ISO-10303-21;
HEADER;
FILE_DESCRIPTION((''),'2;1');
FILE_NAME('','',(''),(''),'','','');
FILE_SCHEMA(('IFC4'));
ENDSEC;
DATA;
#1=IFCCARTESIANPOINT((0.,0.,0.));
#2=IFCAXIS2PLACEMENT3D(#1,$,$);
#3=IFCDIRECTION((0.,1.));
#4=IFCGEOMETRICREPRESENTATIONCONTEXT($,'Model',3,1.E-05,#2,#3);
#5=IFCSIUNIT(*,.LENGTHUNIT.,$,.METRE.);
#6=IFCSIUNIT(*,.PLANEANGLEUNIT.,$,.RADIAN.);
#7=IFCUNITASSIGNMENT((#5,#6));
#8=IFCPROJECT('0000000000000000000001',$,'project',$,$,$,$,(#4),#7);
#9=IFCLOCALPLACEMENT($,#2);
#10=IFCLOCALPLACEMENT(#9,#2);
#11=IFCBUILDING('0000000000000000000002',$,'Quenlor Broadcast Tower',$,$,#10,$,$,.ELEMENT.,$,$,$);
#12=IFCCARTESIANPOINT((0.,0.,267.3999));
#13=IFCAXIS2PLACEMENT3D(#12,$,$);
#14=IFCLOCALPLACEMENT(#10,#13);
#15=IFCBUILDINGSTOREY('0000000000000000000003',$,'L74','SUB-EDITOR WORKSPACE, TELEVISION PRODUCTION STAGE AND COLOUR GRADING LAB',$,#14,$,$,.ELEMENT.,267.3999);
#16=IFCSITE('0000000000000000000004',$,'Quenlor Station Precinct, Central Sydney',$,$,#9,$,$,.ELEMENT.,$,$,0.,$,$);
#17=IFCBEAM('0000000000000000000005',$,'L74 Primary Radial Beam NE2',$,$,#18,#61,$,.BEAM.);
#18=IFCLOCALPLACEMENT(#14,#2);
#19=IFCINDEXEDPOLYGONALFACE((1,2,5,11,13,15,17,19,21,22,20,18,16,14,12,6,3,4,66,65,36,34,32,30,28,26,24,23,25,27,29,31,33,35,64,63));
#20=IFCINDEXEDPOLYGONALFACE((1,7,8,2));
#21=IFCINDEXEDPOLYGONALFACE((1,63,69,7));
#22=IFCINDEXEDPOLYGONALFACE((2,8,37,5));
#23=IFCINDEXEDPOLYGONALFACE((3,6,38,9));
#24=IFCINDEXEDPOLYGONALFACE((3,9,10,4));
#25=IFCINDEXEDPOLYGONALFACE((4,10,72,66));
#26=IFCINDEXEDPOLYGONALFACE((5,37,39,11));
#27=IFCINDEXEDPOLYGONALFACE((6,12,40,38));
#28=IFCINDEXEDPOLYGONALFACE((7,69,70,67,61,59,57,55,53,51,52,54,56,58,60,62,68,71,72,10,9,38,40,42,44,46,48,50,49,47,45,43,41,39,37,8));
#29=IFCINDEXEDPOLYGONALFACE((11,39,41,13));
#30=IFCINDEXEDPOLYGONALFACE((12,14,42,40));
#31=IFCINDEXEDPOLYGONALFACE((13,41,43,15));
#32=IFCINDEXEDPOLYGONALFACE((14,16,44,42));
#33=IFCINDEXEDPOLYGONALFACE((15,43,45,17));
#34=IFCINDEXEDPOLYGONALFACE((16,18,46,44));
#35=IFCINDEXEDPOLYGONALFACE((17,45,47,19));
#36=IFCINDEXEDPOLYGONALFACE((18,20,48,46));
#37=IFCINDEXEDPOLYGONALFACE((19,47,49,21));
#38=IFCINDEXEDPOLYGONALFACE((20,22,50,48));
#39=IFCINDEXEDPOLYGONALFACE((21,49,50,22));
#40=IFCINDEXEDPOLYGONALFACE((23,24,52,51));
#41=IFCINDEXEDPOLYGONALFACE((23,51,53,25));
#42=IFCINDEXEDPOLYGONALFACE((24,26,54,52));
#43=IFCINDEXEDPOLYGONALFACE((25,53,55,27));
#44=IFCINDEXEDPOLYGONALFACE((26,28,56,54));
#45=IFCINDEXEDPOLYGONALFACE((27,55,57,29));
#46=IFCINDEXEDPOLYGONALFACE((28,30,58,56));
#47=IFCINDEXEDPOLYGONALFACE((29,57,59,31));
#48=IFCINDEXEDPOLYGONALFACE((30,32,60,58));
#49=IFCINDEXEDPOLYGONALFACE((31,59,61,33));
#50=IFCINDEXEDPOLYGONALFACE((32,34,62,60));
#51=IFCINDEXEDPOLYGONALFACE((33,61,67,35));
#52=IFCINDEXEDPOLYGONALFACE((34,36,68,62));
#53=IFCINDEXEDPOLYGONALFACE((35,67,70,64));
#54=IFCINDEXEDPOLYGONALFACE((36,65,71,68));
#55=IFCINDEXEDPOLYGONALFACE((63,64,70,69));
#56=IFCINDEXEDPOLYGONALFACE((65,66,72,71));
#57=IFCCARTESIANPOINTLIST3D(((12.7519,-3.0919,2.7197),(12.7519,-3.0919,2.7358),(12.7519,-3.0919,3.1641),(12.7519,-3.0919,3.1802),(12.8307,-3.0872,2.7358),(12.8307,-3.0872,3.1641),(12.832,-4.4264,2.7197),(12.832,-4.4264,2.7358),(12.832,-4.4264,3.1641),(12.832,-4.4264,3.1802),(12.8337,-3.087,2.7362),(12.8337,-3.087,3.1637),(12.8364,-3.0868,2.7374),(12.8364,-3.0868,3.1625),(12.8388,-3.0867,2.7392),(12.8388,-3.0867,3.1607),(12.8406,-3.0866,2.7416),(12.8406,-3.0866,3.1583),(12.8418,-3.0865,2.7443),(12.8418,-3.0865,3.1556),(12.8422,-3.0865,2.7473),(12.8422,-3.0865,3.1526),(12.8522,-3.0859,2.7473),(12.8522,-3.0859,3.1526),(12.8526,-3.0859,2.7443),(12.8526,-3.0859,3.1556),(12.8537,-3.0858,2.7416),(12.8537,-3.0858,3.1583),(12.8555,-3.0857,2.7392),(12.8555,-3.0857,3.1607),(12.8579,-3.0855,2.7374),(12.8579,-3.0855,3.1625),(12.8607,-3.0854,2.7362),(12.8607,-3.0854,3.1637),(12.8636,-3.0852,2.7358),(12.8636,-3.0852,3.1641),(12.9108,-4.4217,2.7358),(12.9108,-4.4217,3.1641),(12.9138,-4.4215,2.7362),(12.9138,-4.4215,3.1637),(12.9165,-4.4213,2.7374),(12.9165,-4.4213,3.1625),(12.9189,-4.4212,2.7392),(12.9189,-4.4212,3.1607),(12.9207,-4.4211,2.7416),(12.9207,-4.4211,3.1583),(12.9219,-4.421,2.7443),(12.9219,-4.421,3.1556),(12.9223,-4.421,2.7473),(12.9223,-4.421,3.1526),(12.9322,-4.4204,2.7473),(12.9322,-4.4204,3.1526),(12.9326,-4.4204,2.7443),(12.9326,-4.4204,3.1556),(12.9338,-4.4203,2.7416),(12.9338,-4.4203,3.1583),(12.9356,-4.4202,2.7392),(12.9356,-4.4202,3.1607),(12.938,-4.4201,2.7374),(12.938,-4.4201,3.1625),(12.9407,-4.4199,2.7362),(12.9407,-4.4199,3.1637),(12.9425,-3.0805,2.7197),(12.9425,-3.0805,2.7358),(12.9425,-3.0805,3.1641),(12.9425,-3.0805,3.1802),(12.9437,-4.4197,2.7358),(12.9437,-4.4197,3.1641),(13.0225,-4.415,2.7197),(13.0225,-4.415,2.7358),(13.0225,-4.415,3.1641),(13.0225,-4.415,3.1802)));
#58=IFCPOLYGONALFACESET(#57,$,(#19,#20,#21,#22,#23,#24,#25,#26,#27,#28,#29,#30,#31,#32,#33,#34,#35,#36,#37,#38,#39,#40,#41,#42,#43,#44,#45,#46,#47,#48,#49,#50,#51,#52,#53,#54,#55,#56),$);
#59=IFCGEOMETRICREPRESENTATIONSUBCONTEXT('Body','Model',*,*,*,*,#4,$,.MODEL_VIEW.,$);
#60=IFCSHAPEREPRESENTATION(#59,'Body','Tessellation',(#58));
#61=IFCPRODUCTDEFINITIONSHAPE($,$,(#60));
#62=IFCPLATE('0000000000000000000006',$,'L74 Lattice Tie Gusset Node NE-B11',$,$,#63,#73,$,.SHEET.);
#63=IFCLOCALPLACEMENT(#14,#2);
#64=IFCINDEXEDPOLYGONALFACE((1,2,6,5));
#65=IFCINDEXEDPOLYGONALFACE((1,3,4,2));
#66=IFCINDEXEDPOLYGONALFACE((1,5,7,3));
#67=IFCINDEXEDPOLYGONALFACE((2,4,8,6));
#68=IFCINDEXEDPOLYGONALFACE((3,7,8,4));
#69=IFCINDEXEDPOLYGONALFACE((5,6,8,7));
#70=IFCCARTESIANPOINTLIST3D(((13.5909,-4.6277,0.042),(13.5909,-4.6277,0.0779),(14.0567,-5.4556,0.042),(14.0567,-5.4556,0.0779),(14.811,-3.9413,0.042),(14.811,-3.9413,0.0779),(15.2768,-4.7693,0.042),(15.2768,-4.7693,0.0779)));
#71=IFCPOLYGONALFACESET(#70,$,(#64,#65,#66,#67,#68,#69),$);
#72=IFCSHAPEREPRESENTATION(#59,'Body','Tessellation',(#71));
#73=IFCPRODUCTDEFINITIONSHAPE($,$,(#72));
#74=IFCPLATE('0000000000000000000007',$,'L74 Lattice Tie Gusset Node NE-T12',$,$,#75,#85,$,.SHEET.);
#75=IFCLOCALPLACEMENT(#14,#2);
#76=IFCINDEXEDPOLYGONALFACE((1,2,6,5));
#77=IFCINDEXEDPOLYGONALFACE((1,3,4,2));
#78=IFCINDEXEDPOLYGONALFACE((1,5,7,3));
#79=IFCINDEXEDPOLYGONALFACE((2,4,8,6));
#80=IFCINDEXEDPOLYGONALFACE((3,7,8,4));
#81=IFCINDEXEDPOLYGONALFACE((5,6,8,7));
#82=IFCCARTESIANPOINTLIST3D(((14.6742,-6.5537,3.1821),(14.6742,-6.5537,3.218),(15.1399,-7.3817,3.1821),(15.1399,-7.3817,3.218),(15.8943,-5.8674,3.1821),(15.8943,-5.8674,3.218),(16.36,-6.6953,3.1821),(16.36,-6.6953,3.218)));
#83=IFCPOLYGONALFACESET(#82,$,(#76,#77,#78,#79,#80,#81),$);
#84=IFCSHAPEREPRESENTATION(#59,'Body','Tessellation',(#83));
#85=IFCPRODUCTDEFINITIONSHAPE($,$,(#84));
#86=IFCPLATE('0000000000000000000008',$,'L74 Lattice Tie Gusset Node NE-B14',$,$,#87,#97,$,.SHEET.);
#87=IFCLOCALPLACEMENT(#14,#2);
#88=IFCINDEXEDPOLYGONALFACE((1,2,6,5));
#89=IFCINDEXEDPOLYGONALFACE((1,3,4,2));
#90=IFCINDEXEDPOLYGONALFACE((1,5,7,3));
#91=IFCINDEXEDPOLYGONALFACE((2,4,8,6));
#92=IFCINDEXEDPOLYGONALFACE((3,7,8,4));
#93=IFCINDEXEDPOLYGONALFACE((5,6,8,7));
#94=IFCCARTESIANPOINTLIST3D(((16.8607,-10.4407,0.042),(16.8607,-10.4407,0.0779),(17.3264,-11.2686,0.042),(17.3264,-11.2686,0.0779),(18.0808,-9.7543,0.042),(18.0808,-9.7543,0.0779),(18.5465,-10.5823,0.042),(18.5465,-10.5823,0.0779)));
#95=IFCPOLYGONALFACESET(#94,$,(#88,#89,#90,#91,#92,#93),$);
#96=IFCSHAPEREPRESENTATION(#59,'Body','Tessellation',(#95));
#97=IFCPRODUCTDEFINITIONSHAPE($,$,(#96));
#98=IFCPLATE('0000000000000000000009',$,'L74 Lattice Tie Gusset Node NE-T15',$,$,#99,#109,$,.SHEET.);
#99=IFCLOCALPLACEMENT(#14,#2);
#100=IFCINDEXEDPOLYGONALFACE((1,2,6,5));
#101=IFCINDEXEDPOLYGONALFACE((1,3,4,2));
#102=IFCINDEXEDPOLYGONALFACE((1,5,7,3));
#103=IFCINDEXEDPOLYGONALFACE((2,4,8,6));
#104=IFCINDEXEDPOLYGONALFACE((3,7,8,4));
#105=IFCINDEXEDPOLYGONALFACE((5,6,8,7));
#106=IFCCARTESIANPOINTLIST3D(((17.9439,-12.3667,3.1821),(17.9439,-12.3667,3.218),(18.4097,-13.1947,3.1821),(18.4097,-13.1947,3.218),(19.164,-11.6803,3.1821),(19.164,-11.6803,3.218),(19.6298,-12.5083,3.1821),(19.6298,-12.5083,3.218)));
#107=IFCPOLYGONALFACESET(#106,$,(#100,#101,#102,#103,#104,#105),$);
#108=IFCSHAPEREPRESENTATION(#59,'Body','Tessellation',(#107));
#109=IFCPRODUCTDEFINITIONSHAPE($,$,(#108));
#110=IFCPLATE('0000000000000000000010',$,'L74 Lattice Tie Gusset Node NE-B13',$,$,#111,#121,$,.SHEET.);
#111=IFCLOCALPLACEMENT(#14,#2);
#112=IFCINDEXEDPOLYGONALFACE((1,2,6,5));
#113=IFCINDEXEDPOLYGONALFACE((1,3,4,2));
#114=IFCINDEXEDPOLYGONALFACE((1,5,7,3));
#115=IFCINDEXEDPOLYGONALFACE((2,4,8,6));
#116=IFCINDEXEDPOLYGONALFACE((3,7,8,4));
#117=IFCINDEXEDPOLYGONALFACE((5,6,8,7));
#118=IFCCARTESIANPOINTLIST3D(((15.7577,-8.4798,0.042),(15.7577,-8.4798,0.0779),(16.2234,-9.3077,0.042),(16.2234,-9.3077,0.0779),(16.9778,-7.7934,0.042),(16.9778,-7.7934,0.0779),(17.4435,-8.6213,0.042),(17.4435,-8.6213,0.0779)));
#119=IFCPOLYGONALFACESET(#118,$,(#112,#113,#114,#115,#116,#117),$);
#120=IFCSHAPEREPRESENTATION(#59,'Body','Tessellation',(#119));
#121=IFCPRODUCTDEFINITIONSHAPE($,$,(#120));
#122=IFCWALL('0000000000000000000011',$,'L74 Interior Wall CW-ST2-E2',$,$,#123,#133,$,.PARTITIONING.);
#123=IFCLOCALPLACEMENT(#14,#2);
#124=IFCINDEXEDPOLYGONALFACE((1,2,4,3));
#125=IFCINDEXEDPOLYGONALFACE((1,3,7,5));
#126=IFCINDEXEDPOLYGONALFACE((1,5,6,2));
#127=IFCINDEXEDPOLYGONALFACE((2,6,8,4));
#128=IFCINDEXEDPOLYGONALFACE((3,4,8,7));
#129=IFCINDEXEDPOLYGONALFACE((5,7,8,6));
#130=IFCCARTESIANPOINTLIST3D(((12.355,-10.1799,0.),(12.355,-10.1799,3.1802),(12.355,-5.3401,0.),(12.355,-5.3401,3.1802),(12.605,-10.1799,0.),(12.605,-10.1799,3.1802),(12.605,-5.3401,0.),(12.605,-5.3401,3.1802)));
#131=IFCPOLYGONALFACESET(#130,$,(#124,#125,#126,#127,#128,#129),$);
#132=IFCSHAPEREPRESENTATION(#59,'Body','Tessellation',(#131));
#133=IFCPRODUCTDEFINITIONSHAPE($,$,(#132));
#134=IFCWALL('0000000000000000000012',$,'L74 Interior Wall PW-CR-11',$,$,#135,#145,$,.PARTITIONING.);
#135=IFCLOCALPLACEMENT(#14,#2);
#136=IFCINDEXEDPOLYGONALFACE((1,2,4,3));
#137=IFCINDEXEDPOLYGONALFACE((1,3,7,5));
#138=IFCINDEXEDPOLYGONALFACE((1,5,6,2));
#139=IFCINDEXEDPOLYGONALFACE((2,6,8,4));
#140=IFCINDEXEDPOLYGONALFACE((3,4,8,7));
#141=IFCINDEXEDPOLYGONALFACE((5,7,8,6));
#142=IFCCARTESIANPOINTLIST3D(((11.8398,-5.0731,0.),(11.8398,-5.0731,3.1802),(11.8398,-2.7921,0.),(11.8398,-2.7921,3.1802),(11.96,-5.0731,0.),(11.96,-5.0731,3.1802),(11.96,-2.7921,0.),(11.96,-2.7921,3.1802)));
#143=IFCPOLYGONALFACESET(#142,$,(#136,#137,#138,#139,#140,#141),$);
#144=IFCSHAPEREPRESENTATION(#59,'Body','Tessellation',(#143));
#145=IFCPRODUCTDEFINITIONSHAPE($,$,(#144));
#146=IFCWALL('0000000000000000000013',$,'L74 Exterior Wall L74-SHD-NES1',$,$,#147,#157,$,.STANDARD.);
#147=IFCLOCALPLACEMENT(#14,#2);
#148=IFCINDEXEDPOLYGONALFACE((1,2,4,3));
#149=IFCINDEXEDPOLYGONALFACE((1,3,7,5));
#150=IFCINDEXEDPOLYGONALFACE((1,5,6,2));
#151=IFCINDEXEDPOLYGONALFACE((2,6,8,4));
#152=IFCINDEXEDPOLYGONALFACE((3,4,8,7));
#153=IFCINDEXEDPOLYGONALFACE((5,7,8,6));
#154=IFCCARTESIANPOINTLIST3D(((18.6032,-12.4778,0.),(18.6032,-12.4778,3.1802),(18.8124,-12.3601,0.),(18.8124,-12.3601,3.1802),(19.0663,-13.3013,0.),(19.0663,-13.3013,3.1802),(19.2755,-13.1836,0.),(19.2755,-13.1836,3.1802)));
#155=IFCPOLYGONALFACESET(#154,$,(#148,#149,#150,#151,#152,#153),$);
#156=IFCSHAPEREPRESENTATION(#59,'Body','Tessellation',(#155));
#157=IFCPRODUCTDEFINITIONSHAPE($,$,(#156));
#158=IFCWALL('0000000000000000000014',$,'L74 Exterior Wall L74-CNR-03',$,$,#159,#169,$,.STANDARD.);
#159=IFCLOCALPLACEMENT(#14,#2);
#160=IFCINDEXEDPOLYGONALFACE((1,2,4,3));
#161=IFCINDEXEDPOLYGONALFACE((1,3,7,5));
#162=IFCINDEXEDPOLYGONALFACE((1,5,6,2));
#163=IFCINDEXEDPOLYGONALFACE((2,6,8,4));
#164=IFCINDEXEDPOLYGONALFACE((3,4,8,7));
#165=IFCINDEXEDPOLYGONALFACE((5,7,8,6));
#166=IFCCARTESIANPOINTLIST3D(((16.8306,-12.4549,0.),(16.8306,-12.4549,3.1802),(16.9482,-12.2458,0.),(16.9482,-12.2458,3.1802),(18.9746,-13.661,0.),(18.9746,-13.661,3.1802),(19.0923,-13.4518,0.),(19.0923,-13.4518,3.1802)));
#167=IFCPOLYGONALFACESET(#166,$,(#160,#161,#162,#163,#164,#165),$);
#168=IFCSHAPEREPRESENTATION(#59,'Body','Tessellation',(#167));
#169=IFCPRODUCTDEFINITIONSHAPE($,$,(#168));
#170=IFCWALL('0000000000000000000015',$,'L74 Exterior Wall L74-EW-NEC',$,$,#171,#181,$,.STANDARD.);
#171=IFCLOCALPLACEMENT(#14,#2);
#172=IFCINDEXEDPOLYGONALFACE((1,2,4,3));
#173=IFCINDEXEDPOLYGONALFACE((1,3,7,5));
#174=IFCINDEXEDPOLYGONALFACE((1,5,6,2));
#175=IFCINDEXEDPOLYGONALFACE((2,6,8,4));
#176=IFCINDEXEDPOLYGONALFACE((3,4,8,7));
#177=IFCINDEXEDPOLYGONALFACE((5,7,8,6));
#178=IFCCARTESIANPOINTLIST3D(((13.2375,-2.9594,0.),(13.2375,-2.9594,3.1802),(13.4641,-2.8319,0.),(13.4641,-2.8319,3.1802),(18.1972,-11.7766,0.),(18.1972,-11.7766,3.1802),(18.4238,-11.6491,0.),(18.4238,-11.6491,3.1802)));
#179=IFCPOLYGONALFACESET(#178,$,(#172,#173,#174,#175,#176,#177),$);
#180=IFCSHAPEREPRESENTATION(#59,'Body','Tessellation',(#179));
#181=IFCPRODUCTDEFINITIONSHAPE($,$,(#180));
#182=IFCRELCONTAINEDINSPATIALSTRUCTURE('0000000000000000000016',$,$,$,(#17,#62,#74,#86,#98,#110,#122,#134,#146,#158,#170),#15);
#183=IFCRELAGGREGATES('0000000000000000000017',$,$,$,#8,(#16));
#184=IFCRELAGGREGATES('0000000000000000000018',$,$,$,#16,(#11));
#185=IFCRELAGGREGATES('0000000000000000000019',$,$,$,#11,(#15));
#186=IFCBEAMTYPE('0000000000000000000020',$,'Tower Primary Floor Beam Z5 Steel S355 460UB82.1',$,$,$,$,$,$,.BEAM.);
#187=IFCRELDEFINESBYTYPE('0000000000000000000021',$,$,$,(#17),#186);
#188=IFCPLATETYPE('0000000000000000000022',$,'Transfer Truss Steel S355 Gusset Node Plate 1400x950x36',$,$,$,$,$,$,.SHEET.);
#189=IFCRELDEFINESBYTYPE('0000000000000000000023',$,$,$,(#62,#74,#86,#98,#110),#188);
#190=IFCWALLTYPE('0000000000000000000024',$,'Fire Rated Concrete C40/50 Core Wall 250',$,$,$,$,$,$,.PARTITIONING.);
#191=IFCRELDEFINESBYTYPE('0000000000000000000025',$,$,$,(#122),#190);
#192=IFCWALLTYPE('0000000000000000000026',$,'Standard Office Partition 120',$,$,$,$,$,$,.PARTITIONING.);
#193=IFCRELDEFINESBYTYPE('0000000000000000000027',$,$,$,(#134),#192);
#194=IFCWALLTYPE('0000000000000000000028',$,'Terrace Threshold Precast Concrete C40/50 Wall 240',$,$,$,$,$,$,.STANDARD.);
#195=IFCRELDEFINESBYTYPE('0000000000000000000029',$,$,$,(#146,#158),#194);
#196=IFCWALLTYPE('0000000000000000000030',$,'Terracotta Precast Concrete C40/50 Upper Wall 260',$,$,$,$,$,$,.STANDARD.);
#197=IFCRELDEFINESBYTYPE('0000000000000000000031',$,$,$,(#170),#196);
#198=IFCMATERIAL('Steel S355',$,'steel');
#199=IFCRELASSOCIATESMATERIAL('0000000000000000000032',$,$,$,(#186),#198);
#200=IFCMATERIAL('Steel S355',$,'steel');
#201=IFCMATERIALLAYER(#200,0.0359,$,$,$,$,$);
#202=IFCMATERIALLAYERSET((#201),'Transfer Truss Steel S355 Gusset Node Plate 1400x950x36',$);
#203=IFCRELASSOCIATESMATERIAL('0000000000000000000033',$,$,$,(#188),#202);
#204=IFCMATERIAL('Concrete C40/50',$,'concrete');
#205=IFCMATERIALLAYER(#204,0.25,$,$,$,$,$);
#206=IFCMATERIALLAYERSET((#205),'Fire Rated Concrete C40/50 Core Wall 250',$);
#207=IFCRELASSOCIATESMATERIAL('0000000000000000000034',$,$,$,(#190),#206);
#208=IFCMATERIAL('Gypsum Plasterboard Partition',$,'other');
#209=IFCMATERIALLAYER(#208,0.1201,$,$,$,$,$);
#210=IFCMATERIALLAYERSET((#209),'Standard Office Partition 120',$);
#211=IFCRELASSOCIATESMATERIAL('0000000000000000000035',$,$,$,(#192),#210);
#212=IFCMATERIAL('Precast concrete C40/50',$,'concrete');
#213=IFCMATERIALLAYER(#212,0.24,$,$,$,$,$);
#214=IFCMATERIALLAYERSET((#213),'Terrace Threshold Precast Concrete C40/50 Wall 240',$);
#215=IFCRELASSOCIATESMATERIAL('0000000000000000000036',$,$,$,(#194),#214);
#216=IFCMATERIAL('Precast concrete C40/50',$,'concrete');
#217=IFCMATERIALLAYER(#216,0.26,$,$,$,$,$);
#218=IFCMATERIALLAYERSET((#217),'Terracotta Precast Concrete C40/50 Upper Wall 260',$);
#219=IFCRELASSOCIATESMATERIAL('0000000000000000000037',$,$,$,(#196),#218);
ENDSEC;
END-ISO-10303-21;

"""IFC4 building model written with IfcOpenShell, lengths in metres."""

from ifc_helpers import new_model, si_unit, direction, frame, frame_2d, origin, origin_2d, place, context, subcontext, project, spatial, rectangle, i_section, extrude, material, layer, layer_set, material_profile, profile_set, type_object, element, save


model = new_model("IFC4")

# Units and contexts
model_context = context("Model", 3, precision=1e-05, world=origin(), true_north=direction((0.0, 1.0)))
body_context = subcontext(model_context, "Body", "Model", "MODEL_VIEW")
ifc_project = project(units=[si_unit("LENGTHUNIT", "METRE"), si_unit("PLANEANGLEUNIT", "RADIAN")], contexts=[model_context])

# Site, building, storey
site_placement = place(None, origin())
site = spatial("IfcSite", under=ifc_project, at=site_placement, Name="Quenlor Station Precinct, Central Sydney", CompositionType="ELEMENT", RefElevation=0.0)
building_placement = place(site_placement, origin())
building = spatial("IfcBuilding", under=site, at=building_placement, Name="Quenlor Broadcast Tower", CompositionType="ELEMENT")
storey_placement = place(building_placement, frame((0.0, 0.0, 267.3999)))
storey = spatial("IfcBuildingStorey", under=building, at=storey_placement, Name="L74", Description="SUB-EDITOR WORKSPACE, TELEVISION PRODUCTION STAGE AND COLOUR GRADING LAB", CompositionType="ELEMENT", Elevation=267.3999)

# Beam
ifc_material_1 = material(Name="Steel S355", Category="steel")
ifc_material_profile_1 = material_profile(ifc_material_1, i_section(OverallWidth=0.1909, OverallDepth=0.4604, WebThickness=0.01, FlangeThickness=0.0161, FilletRadius=0.0115, at=origin_2d()))
ifc_profile_set_1 = profile_set([ifc_material_profile_1], Name="Steel S355 460UB82.1")
beam_type_1 = type_object("IfcBeamType", Name="Tower Primary Floor Beam Z5 Steel S355 460UB82.1", PredefinedType="BEAM", material=ifc_profile_set_1)
beam_1_placement = place(storey_placement, frame((12.8472, -3.0862, 2.95), z_axis=(0.0599, -0.998204, 0.0), x_axis=(0.998204, 0.0599, 0.0)))
element("IfcBeam", 1, at=beam_1_placement, inside=storey, type_object=beam_type_1, Name="L74 Primary Radial Beam NE2", PredefinedType="BEAM", context=body_context, shape_type="SweptSolid", body=[
    extrude(i_section(OverallWidth=0.1909, OverallDepth=0.4604, WebThickness=0.01, FlangeThickness=0.0161, FilletRadius=0.0115, at=origin_2d()), origin(), (0.0, 0.0, 1.0), 1.3369),
])

# Plates
ifc_material_2 = material(Name="Steel S355", Category="steel")
ifc_layer_1 = layer(ifc_material_2, 0.0359)
ifc_layer_set_1 = layer_set([ifc_layer_1], Name="Transfer Truss Steel S355 Gusset Node Plate 1400x950x36")
plate_type = type_object("IfcPlateType", Name="Transfer Truss Steel S355 Gusset Node Plate 1400x950x36", PredefinedType="SHEET", material=ifc_layer_set_1)
for number, where, z_axis, x_axis, name in (
    (2, (14.4338, -4.6985, 0.042), (0.0, 0.0, 1.0), (0.871556, 0.490295, 0.0), "L74 Lattice Tie Gusset Node NE-B11"),
    (3, (15.5171, -6.6245, 3.1821), (0.0, 0.0, 1.0), (0.871556, 0.490295, 0.0), "L74 Lattice Tie Gusset Node NE-T12"),
    (4, (17.7036, -10.5115, 0.042), (0.0, 0.0, 1.0), (0.871556, 0.490295, 0.0), "L74 Lattice Tie Gusset Node NE-B14"),
    (5, (18.7869, -12.4375, 3.1821), (0.0, 0.0, 1.0), (0.871556, 0.490295, 0.0), "L74 Lattice Tie Gusset Node NE-T15"),
    (6, (16.6006, -8.5505, 0.042), (0.0, 0.0, 1.0), (0.871556, 0.490295, 0.0), "L74 Lattice Tie Gusset Node NE-B13"),
):
    element("IfcPlate", number, at=place(storey_placement, frame(where, z_axis=z_axis, x_axis=x_axis)), inside=storey, type_object=plate_type, Name=name, PredefinedType="SHEET", context=body_context, shape_type="SweptSolid", body=[
        extrude(rectangle(XDim=1.3999, YDim=0.95, at=origin_2d()), origin(), (0.0, 0.0, 1.0), 0.0359),
    ])

# Walls
ifc_material_3 = material(Name="Concrete C40/50", Category="concrete")
ifc_layer_2 = layer(ifc_material_3, 0.25)
ifc_layer_set_2 = layer_set([ifc_layer_2], Name="Fire Rated Concrete C40/50 Core Wall 250")
wall_type_1 = type_object("IfcWallType", Name="Fire Rated Concrete C40/50 Core Wall 250", PredefinedType="PARTITIONING", material=ifc_layer_set_2)
wall_1_placement = place(storey_placement, frame((12.48, -10.1799, 0.0), z_axis=(0.0, 0.0, 1.0), x_axis=(0.0, 1.0, 0.0)))
element("IfcWall", 7, at=wall_1_placement, inside=storey, type_object=wall_type_1, Name="L74 Interior Wall CW-ST2-E2", PredefinedType="PARTITIONING", context=body_context, shape_type="SweptSolid", body=[
    extrude(rectangle(XDim=4.8398, YDim=0.25, at=frame_2d((2.4199, 0.0))), origin(), (0.0, 0.0, 1.0), 3.1802),
])
ifc_material_4 = material(Name="Gypsum Plasterboard Partition", Category="other")
ifc_layer_3 = layer(ifc_material_4, 0.1201)
ifc_layer_set_3 = layer_set([ifc_layer_3], Name="Standard Office Partition 120")
wall_type_2 = type_object("IfcWallType", Name="Standard Office Partition 120", PredefinedType="PARTITIONING", material=ifc_layer_set_3)
wall_2_placement = place(storey_placement, frame((11.8999, -2.792, 0.0), z_axis=(0.0, 0.0, 1.0), x_axis=(0.0, -1.0, 0.0)))
element("IfcWall", 8, at=wall_2_placement, inside=storey, type_object=wall_type_2, Name="L74 Interior Wall PW-CR-11", PredefinedType="PARTITIONING", context=body_context, shape_type="SweptSolid", body=[
    extrude(rectangle(XDim=2.281, YDim=0.1201, at=frame_2d((1.1406, 0.0))), origin(), (0.0, 0.0, 1.0), 3.1802),
])
ifc_material_5 = material(Name="Precast concrete C40/50", Category="concrete")
ifc_layer_4 = layer(ifc_material_5, 0.24)
ifc_layer_set_4 = layer_set([ifc_layer_4], Name="Terrace Threshold Precast Concrete C40/50 Wall 240")
wall_type_3 = type_object("IfcWallType", Name="Terrace Threshold Precast Concrete C40/50 Wall 240", PredefinedType="STANDARD", material=ifc_layer_set_4)
wall_3_placement = place(storey_placement, frame((18.7078, -12.4189, 0.0), z_axis=(0.0, 0.0, 1.0), x_axis=(0.4902, -0.87161, 0.0)))
element("IfcWall", 9, at=wall_3_placement, inside=storey, type_object=wall_type_3, Name="L74 Exterior Wall L74-SHD-NES1", PredefinedType="STANDARD", context=body_context, shape_type="SweptSolid", body=[
    extrude(rectangle(XDim=0.9448, YDim=0.24, at=frame_2d((0.4724, 0.0))), origin(), (0.0, 0.0, 1.0), 3.1802),
])
wall_4_placement = place(storey_placement, frame((16.8894, -12.3503, 0.0), z_axis=(0.0, 0.0, 1.0), x_axis=(0.87157, -0.490271, 0.0)))
element("IfcWall", 10, at=wall_4_placement, inside=storey, type_object=wall_type_3, Name="L74 Exterior Wall L74-CNR-03", PredefinedType="STANDARD", context=body_context, shape_type="SweptSolid", body=[
    extrude(rectangle(XDim=2.46, YDim=0.24, at=frame_2d((1.23, 0.0))), origin(), (0.0, 0.0, 1.0), 3.1802),
])
ifc_material_6 = material(Name="Precast concrete C40/50", Category="concrete")
ifc_layer_5 = layer(ifc_material_6, 0.26)
ifc_layer_set_5 = layer_set([ifc_layer_5], Name="Terracotta Precast Concrete C40/50 Upper Wall 260")
wall_type_4 = type_object("IfcWallType", Name="Terracotta Precast Concrete C40/50 Upper Wall 260", PredefinedType="STANDARD", material=ifc_layer_set_5)
wall_5_placement = place(storey_placement, frame((13.3508, -2.8958, 0.0), z_axis=(0.0, 0.0, 1.0), x_axis=(0.490267, -0.871572, 0.0)))
element("IfcWall", 11, at=wall_5_placement, inside=storey, type_object=wall_type_4, Name="L74 Exterior Wall L74-EW-NEC", PredefinedType="STANDARD", context=body_context, shape_type="SweptSolid", body=[
    extrude(rectangle(XDim=10.1165, YDim=0.26, at=frame_2d((5.0581, 0.0))), origin(), (0.0, 0.0, 1.0), 3.1802),
])

save(model, "model.ifc")
